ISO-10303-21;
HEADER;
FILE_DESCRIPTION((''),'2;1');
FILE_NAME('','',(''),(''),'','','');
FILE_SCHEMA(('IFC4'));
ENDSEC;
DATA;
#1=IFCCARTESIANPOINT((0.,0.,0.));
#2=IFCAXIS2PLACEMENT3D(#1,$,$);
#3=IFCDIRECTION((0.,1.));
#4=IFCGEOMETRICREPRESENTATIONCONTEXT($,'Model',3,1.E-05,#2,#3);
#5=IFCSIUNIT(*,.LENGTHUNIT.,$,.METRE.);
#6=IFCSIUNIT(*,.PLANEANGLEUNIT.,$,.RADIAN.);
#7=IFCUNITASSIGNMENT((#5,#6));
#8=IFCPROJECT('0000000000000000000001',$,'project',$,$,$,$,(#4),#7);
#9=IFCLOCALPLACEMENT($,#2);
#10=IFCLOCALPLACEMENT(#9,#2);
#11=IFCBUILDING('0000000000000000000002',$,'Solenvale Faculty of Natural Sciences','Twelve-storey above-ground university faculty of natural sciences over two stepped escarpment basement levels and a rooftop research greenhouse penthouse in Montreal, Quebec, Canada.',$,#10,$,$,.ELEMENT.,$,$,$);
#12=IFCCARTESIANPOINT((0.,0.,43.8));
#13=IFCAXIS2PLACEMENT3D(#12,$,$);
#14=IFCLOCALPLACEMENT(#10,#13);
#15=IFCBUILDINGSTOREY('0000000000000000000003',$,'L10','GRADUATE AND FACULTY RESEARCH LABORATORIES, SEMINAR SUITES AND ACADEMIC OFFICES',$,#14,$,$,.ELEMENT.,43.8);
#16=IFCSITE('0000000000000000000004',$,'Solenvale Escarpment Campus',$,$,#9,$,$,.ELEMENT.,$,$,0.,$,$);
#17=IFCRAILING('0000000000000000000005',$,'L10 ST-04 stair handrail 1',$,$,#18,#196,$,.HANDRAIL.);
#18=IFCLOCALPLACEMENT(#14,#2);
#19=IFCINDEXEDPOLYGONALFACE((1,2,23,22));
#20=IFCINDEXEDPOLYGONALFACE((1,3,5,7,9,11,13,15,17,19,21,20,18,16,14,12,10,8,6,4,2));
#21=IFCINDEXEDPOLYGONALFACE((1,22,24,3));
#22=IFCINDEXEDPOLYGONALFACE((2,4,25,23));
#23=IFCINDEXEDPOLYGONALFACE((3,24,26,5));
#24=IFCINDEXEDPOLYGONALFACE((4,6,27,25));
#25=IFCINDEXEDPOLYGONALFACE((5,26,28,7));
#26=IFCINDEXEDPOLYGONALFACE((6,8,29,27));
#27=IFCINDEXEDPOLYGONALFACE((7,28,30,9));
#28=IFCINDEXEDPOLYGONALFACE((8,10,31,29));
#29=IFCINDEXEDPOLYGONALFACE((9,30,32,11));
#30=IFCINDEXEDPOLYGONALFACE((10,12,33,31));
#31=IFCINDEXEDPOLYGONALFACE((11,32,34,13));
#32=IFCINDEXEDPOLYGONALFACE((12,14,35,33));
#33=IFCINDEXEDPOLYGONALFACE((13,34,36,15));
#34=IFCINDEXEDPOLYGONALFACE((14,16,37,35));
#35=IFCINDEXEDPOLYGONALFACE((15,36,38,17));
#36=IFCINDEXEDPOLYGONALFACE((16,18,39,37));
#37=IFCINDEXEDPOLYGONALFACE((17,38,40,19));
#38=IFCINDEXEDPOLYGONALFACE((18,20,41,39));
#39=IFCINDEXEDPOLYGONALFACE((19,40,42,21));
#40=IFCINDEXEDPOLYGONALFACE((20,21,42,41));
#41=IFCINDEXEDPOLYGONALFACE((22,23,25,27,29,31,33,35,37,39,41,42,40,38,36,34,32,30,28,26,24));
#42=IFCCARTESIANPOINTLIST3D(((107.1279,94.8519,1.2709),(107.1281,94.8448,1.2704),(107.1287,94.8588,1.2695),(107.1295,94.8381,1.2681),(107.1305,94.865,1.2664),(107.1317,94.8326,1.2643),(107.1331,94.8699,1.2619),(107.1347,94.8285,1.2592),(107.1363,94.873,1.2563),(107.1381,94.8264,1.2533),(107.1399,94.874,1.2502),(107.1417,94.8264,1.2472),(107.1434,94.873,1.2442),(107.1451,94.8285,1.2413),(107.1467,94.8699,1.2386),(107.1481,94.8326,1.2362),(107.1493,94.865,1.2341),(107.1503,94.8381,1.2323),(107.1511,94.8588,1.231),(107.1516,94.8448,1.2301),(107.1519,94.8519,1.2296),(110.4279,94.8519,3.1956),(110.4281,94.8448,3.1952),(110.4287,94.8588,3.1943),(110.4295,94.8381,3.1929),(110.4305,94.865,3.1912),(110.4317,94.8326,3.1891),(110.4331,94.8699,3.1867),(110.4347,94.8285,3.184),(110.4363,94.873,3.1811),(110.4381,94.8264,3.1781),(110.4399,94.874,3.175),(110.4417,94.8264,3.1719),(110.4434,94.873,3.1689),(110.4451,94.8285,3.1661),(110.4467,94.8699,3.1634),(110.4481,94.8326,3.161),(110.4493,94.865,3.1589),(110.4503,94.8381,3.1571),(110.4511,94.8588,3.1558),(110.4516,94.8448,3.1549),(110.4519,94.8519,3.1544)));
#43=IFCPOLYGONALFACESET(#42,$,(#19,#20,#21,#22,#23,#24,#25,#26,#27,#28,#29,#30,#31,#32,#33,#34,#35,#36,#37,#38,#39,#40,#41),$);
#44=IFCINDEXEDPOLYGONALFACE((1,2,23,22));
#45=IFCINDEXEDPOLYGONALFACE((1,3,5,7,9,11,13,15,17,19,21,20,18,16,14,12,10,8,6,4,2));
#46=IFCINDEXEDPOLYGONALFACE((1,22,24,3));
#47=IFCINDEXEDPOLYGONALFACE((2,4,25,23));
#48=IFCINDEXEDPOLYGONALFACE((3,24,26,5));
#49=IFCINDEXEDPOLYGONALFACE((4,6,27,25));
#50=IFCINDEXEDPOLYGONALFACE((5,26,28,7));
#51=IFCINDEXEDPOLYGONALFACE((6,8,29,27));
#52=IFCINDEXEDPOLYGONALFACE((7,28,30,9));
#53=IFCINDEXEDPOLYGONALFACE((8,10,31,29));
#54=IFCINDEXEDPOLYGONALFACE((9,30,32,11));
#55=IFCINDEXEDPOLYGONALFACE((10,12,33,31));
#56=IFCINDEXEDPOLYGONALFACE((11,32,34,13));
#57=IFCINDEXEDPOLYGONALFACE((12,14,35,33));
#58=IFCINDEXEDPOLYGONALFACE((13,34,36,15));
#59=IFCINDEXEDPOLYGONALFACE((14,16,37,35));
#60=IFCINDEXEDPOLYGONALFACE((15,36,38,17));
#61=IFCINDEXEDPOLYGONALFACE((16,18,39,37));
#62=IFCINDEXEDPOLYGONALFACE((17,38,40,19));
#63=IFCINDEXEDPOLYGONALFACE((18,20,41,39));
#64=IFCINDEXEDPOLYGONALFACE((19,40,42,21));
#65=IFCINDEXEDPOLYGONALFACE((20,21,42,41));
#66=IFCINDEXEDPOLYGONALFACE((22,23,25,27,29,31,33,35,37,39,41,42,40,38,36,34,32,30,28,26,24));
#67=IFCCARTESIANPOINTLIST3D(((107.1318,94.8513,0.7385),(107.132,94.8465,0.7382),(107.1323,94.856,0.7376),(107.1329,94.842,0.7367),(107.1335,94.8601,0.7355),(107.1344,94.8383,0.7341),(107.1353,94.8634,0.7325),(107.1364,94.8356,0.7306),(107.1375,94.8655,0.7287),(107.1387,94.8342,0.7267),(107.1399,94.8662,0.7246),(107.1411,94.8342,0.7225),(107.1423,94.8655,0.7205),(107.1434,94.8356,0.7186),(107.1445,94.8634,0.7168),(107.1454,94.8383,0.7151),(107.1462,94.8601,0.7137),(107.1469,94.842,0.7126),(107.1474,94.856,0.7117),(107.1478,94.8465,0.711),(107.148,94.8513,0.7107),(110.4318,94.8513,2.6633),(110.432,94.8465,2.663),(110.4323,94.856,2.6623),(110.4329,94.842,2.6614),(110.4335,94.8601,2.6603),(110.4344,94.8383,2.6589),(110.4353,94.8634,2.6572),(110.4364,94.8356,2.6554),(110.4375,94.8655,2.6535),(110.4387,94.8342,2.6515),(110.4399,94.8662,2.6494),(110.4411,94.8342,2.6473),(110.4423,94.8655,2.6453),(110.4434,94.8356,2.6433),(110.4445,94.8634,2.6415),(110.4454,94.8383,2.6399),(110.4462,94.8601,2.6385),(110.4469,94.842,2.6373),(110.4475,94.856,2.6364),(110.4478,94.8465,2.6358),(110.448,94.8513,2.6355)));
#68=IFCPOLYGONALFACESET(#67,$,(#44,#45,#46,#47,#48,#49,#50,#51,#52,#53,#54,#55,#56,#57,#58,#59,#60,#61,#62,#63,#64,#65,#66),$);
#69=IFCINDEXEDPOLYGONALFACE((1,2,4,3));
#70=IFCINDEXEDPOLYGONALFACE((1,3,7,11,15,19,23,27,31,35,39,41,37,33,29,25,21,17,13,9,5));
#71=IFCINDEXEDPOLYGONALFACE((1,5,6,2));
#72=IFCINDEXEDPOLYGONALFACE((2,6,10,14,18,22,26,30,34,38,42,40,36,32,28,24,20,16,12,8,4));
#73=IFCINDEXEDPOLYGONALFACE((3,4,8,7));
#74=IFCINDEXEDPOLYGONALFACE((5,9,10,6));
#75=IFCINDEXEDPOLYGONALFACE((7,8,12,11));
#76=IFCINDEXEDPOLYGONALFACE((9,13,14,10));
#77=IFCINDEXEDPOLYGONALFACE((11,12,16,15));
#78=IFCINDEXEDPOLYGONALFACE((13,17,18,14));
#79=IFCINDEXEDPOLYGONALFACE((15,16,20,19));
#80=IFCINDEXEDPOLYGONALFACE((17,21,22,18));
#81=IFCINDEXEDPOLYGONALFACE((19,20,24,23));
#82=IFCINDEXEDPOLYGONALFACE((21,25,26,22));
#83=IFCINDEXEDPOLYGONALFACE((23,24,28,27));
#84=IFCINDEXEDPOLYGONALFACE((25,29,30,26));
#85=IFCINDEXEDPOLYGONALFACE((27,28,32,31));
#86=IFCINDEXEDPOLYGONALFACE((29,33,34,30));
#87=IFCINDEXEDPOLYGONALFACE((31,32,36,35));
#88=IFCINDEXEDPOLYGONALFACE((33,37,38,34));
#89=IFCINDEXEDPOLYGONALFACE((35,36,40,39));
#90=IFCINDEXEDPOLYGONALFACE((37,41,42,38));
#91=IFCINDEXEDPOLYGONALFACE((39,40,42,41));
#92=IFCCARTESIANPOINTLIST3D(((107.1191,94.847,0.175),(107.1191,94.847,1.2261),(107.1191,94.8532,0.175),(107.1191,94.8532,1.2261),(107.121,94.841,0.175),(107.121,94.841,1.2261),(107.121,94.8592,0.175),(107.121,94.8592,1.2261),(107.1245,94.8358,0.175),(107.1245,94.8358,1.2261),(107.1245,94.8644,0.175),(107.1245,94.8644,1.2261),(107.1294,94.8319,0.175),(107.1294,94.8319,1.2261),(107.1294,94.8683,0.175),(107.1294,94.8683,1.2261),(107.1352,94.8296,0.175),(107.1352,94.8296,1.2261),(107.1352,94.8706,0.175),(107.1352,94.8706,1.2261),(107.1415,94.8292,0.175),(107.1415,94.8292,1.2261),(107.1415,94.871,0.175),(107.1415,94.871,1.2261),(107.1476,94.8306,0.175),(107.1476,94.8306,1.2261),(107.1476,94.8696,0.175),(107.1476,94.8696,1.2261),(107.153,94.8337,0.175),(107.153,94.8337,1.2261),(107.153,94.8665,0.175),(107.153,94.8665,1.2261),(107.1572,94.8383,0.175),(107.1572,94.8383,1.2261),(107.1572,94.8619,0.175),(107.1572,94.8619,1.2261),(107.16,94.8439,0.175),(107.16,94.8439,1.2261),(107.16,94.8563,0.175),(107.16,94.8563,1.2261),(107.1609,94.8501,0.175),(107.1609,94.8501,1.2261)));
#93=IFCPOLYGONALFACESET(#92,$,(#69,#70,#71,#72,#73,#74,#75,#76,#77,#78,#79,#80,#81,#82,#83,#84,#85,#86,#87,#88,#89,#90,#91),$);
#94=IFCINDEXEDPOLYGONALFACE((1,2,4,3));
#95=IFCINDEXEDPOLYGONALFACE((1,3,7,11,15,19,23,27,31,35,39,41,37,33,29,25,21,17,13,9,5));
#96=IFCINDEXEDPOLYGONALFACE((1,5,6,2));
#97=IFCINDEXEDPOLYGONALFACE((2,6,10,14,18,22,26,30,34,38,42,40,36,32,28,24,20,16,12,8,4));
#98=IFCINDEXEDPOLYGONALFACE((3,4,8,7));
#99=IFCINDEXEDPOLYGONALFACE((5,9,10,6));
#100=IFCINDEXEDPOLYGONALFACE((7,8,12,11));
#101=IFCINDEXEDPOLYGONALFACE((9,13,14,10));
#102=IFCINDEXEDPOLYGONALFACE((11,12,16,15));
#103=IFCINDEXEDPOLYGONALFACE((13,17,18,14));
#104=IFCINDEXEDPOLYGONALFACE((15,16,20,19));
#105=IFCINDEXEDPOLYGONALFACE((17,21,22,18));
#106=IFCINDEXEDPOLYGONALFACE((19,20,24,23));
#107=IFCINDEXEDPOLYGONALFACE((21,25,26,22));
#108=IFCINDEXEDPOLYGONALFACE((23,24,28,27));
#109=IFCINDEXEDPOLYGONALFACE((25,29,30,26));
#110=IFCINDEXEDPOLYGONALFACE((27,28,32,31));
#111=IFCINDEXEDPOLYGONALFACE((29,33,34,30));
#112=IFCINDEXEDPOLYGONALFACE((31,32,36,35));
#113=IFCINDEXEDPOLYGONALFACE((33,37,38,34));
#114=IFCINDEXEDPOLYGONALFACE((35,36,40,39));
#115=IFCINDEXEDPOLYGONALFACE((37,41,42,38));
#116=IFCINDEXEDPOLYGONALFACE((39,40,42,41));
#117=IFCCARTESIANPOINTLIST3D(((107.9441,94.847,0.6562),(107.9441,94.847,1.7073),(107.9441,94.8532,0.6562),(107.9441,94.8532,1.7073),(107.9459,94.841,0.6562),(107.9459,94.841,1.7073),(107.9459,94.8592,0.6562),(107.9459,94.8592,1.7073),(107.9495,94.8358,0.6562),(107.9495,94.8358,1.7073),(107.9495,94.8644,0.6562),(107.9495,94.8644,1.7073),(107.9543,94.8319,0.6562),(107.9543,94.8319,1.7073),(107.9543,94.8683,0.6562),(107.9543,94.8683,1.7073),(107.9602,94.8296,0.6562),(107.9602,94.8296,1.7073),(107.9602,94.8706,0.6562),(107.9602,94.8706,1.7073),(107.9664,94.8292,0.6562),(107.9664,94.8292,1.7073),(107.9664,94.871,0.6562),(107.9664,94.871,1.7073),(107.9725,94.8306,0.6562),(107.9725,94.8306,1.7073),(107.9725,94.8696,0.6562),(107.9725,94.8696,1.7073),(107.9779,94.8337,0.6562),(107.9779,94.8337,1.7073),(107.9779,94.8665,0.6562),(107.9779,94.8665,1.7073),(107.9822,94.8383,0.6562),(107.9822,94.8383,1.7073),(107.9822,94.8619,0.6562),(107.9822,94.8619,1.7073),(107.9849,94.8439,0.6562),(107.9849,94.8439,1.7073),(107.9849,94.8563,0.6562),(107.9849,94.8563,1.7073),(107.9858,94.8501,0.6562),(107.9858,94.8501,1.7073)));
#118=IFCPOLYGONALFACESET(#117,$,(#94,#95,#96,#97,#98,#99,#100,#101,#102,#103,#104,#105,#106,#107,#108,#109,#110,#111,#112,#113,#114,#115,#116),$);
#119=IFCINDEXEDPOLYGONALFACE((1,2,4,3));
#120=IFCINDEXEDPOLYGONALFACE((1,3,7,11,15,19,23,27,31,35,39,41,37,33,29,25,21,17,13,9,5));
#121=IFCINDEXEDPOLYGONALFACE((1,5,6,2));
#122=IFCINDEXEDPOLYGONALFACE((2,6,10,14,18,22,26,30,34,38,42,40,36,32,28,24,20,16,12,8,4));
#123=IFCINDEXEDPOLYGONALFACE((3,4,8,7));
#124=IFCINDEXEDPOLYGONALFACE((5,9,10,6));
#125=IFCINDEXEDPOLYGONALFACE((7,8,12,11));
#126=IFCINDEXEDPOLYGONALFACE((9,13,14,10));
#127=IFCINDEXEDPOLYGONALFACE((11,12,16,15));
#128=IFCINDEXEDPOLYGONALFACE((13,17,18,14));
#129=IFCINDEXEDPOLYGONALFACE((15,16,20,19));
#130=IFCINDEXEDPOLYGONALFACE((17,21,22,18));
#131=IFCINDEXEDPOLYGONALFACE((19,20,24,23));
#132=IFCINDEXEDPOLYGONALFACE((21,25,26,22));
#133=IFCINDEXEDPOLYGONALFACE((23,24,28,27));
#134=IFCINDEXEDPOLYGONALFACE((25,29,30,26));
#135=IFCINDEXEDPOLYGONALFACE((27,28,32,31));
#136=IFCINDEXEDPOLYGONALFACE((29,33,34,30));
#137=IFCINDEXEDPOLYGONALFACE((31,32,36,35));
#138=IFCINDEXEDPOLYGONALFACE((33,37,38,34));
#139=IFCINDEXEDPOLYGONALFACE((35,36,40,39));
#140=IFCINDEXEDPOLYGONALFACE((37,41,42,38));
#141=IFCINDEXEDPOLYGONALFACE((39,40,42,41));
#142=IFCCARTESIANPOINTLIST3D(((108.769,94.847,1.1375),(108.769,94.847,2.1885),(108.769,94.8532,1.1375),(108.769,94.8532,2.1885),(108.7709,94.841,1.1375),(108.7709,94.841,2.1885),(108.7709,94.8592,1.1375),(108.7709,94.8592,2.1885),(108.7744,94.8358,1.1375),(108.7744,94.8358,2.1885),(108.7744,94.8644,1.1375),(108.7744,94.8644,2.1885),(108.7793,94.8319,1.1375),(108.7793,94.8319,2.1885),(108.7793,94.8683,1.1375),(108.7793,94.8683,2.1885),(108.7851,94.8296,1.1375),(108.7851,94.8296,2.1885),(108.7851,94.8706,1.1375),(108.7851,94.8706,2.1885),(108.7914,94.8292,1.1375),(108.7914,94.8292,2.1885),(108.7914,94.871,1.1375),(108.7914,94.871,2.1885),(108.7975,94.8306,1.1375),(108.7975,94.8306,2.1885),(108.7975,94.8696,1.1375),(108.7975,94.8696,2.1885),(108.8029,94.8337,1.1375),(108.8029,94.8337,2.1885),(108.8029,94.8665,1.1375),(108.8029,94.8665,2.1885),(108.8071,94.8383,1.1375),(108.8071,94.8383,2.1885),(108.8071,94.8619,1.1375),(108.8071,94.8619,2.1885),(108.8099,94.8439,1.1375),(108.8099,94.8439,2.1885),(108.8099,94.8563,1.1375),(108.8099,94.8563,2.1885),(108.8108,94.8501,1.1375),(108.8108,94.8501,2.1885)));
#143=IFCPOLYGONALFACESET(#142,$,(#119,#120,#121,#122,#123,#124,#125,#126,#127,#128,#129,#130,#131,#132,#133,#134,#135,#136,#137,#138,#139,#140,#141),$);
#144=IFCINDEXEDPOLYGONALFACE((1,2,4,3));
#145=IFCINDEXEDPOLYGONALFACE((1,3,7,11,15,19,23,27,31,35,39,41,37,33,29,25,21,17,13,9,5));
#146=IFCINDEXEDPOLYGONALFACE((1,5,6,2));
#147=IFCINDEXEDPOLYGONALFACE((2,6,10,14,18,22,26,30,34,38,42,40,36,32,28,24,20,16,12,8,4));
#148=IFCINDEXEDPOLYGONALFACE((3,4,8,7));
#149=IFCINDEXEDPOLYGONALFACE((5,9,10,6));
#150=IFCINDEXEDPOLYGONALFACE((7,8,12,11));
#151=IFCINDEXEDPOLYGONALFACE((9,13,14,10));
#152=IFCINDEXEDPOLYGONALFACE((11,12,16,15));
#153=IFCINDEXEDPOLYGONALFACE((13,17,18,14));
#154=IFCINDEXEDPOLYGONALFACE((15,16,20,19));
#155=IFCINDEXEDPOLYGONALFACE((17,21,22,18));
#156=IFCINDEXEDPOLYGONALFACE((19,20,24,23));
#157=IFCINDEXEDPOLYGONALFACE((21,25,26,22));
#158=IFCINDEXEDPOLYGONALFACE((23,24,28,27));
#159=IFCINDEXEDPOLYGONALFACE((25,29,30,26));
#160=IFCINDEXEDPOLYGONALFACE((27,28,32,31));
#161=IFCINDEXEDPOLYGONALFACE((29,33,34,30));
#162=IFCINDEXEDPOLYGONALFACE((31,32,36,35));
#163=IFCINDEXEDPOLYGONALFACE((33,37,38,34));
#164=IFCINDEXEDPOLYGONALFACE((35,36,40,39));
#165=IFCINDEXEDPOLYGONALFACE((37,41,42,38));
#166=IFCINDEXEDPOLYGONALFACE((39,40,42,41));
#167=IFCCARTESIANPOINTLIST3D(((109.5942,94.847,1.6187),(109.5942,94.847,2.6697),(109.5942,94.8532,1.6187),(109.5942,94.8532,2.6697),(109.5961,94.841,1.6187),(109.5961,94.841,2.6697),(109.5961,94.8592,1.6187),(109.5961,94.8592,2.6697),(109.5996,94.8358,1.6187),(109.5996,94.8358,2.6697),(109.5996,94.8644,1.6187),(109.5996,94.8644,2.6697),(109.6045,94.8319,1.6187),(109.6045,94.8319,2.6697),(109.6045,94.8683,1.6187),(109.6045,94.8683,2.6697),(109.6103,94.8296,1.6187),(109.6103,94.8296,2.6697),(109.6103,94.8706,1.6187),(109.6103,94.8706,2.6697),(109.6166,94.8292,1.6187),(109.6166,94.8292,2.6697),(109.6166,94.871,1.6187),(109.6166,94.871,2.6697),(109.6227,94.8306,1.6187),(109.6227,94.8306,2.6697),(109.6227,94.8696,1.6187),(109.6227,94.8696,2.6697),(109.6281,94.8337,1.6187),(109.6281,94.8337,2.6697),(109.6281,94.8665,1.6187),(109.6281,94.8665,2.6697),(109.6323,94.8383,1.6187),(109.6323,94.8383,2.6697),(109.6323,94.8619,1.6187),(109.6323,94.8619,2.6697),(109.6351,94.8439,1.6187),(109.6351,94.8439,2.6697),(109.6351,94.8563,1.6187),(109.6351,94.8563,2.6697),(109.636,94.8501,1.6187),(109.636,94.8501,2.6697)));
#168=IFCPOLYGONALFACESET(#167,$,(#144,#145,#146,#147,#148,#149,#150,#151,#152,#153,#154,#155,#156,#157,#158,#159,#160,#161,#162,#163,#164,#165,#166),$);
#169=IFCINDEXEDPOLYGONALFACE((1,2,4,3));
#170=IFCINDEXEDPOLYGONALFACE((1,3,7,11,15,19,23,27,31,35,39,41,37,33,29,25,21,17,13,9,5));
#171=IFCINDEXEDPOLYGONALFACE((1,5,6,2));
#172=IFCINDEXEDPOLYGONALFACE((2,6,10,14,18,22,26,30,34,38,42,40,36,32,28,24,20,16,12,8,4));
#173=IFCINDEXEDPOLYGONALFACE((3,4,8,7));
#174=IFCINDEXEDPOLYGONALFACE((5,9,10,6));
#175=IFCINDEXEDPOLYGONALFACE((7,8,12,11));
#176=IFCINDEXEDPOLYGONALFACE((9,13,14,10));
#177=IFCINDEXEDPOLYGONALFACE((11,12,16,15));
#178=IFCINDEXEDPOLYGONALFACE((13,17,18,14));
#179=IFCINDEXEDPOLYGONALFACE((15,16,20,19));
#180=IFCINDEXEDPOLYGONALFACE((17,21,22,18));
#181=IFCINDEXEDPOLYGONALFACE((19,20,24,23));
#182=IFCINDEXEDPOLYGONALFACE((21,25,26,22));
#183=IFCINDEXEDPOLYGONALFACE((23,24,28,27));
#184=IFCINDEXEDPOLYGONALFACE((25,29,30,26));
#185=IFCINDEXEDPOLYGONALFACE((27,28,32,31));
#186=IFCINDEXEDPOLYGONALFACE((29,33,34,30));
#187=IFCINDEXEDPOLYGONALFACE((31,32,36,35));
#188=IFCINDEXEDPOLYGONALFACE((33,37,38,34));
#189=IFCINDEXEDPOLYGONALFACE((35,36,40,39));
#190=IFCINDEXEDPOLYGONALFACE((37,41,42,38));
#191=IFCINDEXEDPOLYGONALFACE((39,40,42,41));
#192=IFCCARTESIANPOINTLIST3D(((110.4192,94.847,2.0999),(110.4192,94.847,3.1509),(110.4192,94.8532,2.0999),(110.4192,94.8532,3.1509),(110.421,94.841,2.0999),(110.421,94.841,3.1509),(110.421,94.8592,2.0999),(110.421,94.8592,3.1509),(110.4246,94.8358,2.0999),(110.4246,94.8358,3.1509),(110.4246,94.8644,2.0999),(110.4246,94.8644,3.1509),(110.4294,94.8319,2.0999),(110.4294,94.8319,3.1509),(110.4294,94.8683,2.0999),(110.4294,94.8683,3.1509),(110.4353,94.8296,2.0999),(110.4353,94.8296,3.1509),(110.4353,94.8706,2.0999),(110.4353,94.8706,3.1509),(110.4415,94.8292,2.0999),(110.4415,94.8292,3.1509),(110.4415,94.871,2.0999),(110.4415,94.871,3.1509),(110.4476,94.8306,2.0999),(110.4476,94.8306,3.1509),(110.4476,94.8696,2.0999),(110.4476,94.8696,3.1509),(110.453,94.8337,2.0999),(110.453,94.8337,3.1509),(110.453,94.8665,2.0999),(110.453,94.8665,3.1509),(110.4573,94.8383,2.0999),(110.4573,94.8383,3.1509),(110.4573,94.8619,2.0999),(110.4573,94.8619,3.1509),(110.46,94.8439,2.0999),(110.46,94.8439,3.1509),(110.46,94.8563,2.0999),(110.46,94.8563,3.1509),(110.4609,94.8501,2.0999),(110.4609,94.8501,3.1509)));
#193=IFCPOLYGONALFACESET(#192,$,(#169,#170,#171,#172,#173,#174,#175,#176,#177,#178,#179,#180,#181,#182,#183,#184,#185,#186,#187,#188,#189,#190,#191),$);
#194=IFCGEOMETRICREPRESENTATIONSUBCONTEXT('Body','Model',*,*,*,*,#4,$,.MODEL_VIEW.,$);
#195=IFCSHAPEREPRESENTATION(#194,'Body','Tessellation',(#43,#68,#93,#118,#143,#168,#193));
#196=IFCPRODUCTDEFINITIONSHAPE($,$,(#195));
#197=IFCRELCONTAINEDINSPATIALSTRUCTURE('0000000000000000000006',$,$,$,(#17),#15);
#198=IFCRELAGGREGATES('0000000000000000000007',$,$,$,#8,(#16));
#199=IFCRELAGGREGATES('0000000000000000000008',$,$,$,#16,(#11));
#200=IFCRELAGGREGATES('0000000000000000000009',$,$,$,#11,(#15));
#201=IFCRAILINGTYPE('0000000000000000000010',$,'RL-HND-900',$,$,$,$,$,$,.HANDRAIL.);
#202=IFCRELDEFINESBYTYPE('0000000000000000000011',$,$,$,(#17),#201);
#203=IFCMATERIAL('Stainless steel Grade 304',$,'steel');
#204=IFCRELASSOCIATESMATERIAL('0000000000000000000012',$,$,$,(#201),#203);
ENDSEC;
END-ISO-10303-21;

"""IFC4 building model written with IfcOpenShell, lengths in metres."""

from ifc_helpers import new_model, si_unit, direction, frame, origin, origin_2d, place, context, subcontext, project, spatial, circle, extrude, material, type_object, element, save


model = new_model("IFC4")

# Units and contexts
model_context = context("Model", 3, precision=1e-05, world=origin(), true_north=direction((0.0, 1.0)))
body_context = subcontext(model_context, "Body", "Model", "MODEL_VIEW")
ifc_project = project(units=[si_unit("LENGTHUNIT", "METRE"), si_unit("PLANEANGLEUNIT", "RADIAN")], contexts=[model_context])

# Site, building, storey
site_placement = place(None, origin())
site = spatial("IfcSite", under=ifc_project, at=site_placement, Name="Solenvale Escarpment Campus", CompositionType="ELEMENT", RefElevation=0.0)
building_placement = place(site_placement, origin())
building = spatial("IfcBuilding", under=site, at=building_placement, Name="Solenvale Faculty of Natural Sciences", Description="Twelve-storey above-ground university faculty of natural sciences over two stepped escarpment basement levels and a rooftop research greenhouse penthouse in Montreal, Quebec, Canada.", CompositionType="ELEMENT")
storey_placement = place(building_placement, frame((0.0, 0.0, 43.8)))
storey = spatial("IfcBuildingStorey", under=building, at=storey_placement, Name="L10", Description="GRADUATE AND FACULTY RESEARCH LABORATORIES, SEMINAR SUITES AND ACADEMIC OFFICES", CompositionType="ELEMENT", Elevation=43.8)

# Railing
ifc_material_1 = material(Name="Stainless steel Grade 304", Category="steel")
railing_type_1 = type_object("IfcRailingType", Name="RL-HND-900", PredefinedType="HANDRAIL", material=ifc_material_1)
railing_1_placement = place(storey_placement, frame((107.1399, 94.8501, 0.175)))
element("IfcRailing", 1, at=railing_1_placement, inside=storey, type_object=railing_type_1, Name="L10 ST-04 stair handrail 1", PredefinedType="HANDRAIL", context=body_context, shape_type="SweptSolid", body=[
    extrude(circle(Radius=0.0239, at=origin_2d()), frame((0.0, 0.0, 1.0752), z_axis=(0.863804, 0.0, 0.503827), x_axis=(0.0, 1.0, 0.0)), (0.0, 0.0, 1.0), 3.8203),
    extrude(circle(Radius=0.0161, at=origin_2d()), frame((0.0, 0.0, 0.5496), z_axis=(0.863804, 0.0, 0.503827), x_axis=(0.0, 1.0, 0.0)), (0.0, 0.0, 1.0), 3.8203),
    extrude(circle(Radius=0.021, at=origin_2d()), origin(), (0.0, 0.0, 1.0), 1.051),
    extrude(circle(Radius=0.021, at=origin_2d()), frame((0.825, 0.0, 0.4812)), (0.0, 0.0, 1.0), 1.051),
    extrude(circle(Radius=0.021, at=origin_2d()), frame((1.6499, 0.0, 0.9624)), (0.0, 0.0, 1.0), 1.051),
    extrude(circle(Radius=0.021, at=origin_2d()), frame((2.4751, 0.0, 1.4436)), (0.0, 0.0, 1.0), 1.051),
    extrude(circle(Radius=0.021, at=origin_2d()), frame((3.3, 0.0, 1.9248)), (0.0, 0.0, 1.0), 1.051),
])

save(model, "model.ifc")
